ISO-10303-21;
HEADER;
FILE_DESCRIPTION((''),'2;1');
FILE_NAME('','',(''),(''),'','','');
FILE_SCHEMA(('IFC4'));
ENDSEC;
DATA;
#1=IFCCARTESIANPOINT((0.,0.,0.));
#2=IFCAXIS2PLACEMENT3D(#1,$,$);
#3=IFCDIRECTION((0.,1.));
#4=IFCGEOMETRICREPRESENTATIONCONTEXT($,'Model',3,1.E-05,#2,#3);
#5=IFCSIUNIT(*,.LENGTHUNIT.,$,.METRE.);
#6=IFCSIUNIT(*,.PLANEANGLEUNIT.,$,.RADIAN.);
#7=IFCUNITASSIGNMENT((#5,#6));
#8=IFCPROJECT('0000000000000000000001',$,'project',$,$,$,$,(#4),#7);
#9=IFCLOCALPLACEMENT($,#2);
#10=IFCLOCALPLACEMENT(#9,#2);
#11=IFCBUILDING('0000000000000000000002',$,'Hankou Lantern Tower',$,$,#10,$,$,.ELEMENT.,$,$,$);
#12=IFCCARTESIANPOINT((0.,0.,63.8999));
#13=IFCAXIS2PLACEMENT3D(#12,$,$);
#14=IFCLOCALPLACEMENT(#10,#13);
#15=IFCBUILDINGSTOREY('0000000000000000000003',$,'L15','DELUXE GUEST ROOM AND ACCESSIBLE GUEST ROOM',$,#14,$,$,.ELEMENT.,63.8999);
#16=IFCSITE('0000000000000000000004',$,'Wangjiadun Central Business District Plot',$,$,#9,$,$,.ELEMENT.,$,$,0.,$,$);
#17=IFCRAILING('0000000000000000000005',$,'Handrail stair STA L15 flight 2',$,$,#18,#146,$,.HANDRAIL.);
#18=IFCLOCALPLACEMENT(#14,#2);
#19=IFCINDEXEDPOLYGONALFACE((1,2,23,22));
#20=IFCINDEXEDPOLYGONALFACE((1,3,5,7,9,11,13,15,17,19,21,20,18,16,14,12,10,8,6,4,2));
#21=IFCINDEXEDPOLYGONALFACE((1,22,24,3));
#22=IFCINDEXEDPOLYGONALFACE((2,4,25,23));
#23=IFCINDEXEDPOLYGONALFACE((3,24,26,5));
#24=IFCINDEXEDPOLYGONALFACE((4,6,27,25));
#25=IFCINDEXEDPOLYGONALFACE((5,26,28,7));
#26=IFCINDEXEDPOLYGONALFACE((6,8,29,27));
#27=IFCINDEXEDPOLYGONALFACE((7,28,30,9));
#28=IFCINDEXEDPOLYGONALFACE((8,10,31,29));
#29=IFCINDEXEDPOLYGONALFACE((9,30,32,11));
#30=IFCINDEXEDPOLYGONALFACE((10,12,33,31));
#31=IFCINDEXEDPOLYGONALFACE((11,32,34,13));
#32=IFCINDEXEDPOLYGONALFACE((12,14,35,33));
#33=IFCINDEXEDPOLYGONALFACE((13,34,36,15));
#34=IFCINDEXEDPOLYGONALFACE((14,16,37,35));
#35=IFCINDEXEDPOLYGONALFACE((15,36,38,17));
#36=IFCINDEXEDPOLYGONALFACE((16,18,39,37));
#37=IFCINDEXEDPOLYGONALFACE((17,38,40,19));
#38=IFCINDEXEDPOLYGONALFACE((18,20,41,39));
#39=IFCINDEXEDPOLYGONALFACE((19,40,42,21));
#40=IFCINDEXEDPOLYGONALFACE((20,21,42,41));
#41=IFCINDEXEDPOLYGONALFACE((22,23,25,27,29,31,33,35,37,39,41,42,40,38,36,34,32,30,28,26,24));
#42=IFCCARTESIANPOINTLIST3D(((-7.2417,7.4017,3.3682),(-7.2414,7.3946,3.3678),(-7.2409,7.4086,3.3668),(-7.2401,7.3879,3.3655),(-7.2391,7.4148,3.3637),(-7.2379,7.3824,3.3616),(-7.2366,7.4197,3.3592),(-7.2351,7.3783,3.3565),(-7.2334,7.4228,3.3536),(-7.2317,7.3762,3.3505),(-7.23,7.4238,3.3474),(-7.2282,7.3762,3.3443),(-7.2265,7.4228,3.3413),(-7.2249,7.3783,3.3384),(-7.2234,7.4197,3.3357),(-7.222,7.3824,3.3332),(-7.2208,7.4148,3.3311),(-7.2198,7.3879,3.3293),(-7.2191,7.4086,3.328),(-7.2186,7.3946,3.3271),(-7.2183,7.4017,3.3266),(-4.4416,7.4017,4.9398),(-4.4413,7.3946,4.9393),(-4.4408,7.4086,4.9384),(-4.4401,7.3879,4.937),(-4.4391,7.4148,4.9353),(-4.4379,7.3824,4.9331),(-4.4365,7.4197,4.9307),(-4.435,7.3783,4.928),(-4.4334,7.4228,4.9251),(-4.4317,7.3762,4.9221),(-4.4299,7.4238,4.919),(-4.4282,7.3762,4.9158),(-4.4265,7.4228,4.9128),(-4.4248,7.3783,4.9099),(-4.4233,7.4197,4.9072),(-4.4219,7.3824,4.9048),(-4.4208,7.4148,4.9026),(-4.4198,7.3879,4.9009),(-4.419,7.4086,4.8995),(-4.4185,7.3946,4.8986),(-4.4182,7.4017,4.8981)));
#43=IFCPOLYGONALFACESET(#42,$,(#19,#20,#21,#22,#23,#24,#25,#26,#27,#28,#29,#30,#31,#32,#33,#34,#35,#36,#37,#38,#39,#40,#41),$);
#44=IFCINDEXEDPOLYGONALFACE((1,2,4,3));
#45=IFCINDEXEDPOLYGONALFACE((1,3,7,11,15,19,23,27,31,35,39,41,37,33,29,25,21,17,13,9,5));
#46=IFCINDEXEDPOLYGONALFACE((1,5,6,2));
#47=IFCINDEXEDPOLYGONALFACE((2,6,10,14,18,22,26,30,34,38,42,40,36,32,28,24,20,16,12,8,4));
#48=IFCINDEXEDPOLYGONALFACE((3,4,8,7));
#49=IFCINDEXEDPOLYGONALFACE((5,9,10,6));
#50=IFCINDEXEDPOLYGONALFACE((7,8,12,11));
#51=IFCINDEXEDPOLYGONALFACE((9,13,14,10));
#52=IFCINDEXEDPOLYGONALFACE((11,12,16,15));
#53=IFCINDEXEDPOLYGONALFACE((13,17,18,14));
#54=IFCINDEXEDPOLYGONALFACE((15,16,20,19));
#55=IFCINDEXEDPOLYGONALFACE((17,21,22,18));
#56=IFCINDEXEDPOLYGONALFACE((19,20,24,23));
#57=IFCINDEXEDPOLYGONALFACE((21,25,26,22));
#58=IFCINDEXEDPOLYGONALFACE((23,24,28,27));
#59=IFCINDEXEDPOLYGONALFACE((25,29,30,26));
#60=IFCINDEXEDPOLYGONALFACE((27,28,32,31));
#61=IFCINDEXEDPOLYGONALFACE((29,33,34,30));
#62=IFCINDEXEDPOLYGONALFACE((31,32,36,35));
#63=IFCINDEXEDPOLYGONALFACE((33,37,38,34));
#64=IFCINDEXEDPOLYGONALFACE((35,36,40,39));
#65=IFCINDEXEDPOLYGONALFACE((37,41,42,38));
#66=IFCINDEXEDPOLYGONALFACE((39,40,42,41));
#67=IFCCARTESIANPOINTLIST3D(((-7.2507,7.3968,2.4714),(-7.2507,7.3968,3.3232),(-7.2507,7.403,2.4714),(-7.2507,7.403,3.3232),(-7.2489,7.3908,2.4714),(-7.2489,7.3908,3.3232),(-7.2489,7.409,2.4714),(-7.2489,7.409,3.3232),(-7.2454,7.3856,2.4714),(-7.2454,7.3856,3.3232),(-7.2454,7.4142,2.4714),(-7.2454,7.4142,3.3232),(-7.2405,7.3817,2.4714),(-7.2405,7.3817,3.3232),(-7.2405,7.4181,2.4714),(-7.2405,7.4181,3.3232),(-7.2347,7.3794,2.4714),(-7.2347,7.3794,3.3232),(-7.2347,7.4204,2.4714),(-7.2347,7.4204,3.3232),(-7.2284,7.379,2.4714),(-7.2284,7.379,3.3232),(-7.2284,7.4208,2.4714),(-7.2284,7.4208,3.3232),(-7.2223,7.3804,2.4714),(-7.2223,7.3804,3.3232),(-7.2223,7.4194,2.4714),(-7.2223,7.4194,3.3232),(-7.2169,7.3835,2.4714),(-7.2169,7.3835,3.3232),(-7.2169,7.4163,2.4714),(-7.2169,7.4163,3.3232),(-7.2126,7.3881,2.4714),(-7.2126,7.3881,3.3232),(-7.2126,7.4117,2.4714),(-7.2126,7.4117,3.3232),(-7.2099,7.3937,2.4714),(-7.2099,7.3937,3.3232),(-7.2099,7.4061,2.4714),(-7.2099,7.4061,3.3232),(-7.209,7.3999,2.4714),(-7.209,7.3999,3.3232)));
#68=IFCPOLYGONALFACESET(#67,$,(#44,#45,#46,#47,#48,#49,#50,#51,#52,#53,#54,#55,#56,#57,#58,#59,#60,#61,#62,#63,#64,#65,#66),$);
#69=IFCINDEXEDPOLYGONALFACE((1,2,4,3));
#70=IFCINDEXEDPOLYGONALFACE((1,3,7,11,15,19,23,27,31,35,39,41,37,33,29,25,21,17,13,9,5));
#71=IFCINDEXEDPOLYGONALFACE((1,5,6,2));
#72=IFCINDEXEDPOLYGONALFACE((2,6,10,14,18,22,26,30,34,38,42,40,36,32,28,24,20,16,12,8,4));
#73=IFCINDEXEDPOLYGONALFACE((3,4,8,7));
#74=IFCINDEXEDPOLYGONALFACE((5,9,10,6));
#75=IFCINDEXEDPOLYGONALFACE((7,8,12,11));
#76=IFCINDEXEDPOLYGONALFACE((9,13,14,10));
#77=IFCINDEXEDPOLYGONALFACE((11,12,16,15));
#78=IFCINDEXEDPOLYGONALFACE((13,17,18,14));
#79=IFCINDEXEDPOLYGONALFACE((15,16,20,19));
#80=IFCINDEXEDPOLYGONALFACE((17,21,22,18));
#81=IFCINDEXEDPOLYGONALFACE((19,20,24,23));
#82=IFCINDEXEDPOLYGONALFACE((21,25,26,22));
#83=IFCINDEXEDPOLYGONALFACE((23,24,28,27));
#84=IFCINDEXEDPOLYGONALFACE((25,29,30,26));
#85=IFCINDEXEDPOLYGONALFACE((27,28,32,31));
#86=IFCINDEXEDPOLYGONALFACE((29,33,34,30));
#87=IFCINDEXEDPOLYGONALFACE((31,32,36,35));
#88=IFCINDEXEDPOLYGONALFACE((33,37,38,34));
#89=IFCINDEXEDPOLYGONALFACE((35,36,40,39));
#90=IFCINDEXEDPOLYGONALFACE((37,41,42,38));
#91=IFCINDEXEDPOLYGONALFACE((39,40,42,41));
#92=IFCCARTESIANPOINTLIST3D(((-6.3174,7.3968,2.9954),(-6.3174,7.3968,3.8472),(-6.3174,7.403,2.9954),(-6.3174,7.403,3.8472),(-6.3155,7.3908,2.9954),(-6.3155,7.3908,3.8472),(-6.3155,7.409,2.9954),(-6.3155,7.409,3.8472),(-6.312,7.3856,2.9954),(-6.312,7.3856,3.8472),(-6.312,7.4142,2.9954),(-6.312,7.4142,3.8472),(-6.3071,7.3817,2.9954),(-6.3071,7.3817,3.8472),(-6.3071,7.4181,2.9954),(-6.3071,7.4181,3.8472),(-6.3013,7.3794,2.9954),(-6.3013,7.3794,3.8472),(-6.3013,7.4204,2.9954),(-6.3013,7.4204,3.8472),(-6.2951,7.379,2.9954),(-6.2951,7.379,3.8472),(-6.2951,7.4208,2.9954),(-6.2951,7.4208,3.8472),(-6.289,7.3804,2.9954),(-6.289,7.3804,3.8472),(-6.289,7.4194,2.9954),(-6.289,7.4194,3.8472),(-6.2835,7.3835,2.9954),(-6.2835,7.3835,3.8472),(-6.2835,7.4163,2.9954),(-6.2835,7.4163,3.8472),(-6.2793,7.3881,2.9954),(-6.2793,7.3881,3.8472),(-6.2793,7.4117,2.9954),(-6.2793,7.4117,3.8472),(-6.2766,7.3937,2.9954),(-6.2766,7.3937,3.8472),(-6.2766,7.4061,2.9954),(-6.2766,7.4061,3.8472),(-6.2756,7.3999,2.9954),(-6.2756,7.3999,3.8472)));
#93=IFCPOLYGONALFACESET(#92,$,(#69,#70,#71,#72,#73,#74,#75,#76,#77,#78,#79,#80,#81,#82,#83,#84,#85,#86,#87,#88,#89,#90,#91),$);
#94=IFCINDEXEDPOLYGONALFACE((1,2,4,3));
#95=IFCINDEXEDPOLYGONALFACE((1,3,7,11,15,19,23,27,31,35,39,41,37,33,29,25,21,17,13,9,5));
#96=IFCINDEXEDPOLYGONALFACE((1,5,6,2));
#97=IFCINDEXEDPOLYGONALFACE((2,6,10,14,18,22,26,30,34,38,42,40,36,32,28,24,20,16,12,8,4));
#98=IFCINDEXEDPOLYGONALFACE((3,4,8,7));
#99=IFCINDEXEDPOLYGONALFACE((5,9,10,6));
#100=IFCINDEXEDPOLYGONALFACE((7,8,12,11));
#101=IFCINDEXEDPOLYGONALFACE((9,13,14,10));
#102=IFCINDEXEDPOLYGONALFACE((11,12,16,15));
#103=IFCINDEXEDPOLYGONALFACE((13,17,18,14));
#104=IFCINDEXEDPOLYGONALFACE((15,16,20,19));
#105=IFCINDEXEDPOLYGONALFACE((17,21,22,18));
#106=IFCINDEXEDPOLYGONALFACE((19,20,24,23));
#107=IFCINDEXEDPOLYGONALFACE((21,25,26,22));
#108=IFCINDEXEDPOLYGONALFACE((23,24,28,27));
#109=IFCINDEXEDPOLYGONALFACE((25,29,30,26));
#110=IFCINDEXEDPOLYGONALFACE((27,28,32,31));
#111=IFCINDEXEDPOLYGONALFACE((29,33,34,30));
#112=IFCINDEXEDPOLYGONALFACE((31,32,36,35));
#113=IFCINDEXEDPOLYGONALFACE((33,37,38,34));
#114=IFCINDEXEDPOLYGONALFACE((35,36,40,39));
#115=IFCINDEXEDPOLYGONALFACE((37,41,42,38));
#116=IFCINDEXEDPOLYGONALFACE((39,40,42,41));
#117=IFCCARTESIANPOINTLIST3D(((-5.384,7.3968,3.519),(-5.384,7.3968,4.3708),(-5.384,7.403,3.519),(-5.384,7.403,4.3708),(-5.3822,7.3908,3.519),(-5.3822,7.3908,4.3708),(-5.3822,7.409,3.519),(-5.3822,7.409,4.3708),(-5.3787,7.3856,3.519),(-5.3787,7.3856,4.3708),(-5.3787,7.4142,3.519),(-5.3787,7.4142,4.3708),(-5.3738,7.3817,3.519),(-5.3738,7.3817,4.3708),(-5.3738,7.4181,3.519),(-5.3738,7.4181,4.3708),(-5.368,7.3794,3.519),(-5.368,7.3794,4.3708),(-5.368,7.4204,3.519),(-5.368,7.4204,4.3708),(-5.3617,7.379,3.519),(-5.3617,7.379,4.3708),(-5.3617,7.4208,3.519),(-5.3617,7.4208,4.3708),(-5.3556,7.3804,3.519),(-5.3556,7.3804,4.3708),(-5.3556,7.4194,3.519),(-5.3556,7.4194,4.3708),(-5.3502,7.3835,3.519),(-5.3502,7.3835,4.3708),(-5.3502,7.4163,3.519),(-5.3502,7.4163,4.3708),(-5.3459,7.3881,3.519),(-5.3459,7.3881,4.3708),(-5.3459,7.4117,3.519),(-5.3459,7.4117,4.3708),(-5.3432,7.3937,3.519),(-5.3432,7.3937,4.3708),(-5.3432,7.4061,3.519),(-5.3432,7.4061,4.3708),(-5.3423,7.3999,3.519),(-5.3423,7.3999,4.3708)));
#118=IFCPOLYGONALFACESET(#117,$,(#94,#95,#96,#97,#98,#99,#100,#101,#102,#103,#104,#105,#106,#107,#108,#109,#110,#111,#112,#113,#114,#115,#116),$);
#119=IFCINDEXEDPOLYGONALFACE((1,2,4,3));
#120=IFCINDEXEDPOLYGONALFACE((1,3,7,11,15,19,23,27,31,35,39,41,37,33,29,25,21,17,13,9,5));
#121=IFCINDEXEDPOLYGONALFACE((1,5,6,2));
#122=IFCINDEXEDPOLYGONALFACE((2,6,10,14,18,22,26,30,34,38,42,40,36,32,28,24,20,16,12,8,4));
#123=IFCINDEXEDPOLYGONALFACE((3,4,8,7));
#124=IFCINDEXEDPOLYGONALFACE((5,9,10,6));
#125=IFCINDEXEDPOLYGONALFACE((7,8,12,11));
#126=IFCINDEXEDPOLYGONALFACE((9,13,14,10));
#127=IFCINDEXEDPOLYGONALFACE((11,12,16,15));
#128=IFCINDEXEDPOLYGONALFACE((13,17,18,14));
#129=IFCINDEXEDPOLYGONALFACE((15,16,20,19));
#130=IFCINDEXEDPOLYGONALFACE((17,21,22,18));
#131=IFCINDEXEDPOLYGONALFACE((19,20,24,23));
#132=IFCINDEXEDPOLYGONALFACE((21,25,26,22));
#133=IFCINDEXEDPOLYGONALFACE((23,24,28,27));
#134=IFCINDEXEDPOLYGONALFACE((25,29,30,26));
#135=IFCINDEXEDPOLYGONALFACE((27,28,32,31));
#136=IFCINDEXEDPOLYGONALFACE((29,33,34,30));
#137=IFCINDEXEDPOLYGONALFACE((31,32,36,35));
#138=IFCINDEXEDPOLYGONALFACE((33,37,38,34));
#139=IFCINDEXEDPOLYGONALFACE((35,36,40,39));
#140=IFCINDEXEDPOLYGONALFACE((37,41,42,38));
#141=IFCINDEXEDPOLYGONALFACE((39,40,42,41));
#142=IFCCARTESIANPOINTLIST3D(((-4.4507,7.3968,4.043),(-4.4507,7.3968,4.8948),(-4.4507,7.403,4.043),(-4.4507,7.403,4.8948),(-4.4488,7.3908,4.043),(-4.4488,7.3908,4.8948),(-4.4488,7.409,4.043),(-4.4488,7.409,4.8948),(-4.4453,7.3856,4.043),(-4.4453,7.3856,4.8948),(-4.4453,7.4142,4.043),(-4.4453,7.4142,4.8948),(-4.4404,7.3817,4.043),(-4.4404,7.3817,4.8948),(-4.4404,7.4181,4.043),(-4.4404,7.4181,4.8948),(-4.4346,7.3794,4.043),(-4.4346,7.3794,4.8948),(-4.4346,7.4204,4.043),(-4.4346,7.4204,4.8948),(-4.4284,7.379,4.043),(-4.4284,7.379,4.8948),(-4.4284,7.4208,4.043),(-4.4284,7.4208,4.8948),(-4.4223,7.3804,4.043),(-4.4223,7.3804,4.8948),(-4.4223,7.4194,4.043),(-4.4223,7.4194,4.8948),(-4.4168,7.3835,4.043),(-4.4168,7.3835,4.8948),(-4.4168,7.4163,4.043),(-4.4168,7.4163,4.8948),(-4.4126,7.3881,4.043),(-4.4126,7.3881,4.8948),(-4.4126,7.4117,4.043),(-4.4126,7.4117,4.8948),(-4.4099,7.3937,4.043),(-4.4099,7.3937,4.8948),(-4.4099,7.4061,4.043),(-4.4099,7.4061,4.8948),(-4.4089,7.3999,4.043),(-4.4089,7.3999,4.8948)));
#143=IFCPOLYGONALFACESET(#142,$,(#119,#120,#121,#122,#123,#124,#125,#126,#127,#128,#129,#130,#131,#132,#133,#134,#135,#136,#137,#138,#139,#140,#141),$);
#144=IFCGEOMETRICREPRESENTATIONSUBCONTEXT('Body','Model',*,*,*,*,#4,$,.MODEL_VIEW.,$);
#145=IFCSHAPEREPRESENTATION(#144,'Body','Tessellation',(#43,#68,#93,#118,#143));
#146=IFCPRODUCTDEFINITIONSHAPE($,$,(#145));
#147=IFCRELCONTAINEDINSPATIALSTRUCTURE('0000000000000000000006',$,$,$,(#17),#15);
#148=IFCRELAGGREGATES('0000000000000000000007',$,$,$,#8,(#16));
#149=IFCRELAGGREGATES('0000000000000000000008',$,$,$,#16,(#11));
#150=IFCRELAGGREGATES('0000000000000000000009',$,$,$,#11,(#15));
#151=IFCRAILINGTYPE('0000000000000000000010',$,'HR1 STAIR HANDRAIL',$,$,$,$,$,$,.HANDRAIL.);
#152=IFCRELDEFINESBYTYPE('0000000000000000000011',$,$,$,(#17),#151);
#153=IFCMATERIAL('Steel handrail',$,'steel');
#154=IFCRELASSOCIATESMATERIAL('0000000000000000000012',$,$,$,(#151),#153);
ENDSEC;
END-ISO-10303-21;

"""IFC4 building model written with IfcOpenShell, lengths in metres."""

from ifc_helpers import new_model, si_unit, direction, frame, origin, origin_2d, place, context, subcontext, project, spatial, circle, extrude, material, type_object, element, save


model = new_model("IFC4")

# Units and contexts
model_context = context("Model", 3, precision=1e-05, world=origin(), true_north=direction((0.0, 1.0)))
body_context = subcontext(model_context, "Body", "Model", "MODEL_VIEW")
ifc_project = project(units=[si_unit("LENGTHUNIT", "METRE"), si_unit("PLANEANGLEUNIT", "RADIAN")], contexts=[model_context])

# Site, building, storey
site_placement = place(None, origin())
site = spatial("IfcSite", under=ifc_project, at=site_placement, Name="Wangjiadun Central Business District Plot", CompositionType="ELEMENT", RefElevation=0.0)
building_placement = place(site_placement, origin())
building = spatial("IfcBuilding", under=site, at=building_placement, Name="Hankou Lantern Tower", CompositionType="ELEMENT")
storey_placement = place(building_placement, frame((0.0, 0.0, 63.8999)))
storey = spatial("IfcBuildingStorey", under=building, at=storey_placement, Name="L15", Description="DELUXE GUEST ROOM AND ACCESSIBLE GUEST ROOM", CompositionType="ELEMENT", Elevation=63.8999)

# Railing
ifc_material_1 = material(Name="Steel handrail", Category="steel")
railing_type = type_object("IfcRailingType", Name="HR1 STAIR HANDRAIL", PredefinedType="HANDRAIL", material=ifc_material_1)
railing_1_placement = place(storey_placement, frame((-7.23, 7.3999, 2.4714)))
element("IfcRailing", 1, at=railing_1_placement, inside=storey, type_object=railing_type, Name="Handrail stair STA L15 flight 2", PredefinedType="HANDRAIL", context=body_context, shape_type="SweptSolid", body=[
    extrude(circle(Radius=0.0239, at=origin_2d()), frame((0.0, 0.0, 0.876), z_axis=(0.87204, 0.0, 0.489434), x_axis=(0.0, 1.0, 0.0)), (0.0, 0.0, 1.0), 3.2109),
    extrude(circle(Radius=0.021, at=origin_2d()), origin(), (0.0, 0.0, 1.0), 0.8518),
    extrude(circle(Radius=0.021, at=origin_2d()), frame((0.9333, 0.0, 0.5239)), (0.0, 0.0, 1.0), 0.8518),
    extrude(circle(Radius=0.021, at=origin_2d()), frame((1.8667, 0.0, 1.0476)), (0.0, 0.0, 1.0), 0.8518),
    extrude(circle(Radius=0.021, at=origin_2d()), frame((2.8, 0.0, 1.5715)), (0.0, 0.0, 1.0), 0.8518),
])

save(model, "model.ifc")
